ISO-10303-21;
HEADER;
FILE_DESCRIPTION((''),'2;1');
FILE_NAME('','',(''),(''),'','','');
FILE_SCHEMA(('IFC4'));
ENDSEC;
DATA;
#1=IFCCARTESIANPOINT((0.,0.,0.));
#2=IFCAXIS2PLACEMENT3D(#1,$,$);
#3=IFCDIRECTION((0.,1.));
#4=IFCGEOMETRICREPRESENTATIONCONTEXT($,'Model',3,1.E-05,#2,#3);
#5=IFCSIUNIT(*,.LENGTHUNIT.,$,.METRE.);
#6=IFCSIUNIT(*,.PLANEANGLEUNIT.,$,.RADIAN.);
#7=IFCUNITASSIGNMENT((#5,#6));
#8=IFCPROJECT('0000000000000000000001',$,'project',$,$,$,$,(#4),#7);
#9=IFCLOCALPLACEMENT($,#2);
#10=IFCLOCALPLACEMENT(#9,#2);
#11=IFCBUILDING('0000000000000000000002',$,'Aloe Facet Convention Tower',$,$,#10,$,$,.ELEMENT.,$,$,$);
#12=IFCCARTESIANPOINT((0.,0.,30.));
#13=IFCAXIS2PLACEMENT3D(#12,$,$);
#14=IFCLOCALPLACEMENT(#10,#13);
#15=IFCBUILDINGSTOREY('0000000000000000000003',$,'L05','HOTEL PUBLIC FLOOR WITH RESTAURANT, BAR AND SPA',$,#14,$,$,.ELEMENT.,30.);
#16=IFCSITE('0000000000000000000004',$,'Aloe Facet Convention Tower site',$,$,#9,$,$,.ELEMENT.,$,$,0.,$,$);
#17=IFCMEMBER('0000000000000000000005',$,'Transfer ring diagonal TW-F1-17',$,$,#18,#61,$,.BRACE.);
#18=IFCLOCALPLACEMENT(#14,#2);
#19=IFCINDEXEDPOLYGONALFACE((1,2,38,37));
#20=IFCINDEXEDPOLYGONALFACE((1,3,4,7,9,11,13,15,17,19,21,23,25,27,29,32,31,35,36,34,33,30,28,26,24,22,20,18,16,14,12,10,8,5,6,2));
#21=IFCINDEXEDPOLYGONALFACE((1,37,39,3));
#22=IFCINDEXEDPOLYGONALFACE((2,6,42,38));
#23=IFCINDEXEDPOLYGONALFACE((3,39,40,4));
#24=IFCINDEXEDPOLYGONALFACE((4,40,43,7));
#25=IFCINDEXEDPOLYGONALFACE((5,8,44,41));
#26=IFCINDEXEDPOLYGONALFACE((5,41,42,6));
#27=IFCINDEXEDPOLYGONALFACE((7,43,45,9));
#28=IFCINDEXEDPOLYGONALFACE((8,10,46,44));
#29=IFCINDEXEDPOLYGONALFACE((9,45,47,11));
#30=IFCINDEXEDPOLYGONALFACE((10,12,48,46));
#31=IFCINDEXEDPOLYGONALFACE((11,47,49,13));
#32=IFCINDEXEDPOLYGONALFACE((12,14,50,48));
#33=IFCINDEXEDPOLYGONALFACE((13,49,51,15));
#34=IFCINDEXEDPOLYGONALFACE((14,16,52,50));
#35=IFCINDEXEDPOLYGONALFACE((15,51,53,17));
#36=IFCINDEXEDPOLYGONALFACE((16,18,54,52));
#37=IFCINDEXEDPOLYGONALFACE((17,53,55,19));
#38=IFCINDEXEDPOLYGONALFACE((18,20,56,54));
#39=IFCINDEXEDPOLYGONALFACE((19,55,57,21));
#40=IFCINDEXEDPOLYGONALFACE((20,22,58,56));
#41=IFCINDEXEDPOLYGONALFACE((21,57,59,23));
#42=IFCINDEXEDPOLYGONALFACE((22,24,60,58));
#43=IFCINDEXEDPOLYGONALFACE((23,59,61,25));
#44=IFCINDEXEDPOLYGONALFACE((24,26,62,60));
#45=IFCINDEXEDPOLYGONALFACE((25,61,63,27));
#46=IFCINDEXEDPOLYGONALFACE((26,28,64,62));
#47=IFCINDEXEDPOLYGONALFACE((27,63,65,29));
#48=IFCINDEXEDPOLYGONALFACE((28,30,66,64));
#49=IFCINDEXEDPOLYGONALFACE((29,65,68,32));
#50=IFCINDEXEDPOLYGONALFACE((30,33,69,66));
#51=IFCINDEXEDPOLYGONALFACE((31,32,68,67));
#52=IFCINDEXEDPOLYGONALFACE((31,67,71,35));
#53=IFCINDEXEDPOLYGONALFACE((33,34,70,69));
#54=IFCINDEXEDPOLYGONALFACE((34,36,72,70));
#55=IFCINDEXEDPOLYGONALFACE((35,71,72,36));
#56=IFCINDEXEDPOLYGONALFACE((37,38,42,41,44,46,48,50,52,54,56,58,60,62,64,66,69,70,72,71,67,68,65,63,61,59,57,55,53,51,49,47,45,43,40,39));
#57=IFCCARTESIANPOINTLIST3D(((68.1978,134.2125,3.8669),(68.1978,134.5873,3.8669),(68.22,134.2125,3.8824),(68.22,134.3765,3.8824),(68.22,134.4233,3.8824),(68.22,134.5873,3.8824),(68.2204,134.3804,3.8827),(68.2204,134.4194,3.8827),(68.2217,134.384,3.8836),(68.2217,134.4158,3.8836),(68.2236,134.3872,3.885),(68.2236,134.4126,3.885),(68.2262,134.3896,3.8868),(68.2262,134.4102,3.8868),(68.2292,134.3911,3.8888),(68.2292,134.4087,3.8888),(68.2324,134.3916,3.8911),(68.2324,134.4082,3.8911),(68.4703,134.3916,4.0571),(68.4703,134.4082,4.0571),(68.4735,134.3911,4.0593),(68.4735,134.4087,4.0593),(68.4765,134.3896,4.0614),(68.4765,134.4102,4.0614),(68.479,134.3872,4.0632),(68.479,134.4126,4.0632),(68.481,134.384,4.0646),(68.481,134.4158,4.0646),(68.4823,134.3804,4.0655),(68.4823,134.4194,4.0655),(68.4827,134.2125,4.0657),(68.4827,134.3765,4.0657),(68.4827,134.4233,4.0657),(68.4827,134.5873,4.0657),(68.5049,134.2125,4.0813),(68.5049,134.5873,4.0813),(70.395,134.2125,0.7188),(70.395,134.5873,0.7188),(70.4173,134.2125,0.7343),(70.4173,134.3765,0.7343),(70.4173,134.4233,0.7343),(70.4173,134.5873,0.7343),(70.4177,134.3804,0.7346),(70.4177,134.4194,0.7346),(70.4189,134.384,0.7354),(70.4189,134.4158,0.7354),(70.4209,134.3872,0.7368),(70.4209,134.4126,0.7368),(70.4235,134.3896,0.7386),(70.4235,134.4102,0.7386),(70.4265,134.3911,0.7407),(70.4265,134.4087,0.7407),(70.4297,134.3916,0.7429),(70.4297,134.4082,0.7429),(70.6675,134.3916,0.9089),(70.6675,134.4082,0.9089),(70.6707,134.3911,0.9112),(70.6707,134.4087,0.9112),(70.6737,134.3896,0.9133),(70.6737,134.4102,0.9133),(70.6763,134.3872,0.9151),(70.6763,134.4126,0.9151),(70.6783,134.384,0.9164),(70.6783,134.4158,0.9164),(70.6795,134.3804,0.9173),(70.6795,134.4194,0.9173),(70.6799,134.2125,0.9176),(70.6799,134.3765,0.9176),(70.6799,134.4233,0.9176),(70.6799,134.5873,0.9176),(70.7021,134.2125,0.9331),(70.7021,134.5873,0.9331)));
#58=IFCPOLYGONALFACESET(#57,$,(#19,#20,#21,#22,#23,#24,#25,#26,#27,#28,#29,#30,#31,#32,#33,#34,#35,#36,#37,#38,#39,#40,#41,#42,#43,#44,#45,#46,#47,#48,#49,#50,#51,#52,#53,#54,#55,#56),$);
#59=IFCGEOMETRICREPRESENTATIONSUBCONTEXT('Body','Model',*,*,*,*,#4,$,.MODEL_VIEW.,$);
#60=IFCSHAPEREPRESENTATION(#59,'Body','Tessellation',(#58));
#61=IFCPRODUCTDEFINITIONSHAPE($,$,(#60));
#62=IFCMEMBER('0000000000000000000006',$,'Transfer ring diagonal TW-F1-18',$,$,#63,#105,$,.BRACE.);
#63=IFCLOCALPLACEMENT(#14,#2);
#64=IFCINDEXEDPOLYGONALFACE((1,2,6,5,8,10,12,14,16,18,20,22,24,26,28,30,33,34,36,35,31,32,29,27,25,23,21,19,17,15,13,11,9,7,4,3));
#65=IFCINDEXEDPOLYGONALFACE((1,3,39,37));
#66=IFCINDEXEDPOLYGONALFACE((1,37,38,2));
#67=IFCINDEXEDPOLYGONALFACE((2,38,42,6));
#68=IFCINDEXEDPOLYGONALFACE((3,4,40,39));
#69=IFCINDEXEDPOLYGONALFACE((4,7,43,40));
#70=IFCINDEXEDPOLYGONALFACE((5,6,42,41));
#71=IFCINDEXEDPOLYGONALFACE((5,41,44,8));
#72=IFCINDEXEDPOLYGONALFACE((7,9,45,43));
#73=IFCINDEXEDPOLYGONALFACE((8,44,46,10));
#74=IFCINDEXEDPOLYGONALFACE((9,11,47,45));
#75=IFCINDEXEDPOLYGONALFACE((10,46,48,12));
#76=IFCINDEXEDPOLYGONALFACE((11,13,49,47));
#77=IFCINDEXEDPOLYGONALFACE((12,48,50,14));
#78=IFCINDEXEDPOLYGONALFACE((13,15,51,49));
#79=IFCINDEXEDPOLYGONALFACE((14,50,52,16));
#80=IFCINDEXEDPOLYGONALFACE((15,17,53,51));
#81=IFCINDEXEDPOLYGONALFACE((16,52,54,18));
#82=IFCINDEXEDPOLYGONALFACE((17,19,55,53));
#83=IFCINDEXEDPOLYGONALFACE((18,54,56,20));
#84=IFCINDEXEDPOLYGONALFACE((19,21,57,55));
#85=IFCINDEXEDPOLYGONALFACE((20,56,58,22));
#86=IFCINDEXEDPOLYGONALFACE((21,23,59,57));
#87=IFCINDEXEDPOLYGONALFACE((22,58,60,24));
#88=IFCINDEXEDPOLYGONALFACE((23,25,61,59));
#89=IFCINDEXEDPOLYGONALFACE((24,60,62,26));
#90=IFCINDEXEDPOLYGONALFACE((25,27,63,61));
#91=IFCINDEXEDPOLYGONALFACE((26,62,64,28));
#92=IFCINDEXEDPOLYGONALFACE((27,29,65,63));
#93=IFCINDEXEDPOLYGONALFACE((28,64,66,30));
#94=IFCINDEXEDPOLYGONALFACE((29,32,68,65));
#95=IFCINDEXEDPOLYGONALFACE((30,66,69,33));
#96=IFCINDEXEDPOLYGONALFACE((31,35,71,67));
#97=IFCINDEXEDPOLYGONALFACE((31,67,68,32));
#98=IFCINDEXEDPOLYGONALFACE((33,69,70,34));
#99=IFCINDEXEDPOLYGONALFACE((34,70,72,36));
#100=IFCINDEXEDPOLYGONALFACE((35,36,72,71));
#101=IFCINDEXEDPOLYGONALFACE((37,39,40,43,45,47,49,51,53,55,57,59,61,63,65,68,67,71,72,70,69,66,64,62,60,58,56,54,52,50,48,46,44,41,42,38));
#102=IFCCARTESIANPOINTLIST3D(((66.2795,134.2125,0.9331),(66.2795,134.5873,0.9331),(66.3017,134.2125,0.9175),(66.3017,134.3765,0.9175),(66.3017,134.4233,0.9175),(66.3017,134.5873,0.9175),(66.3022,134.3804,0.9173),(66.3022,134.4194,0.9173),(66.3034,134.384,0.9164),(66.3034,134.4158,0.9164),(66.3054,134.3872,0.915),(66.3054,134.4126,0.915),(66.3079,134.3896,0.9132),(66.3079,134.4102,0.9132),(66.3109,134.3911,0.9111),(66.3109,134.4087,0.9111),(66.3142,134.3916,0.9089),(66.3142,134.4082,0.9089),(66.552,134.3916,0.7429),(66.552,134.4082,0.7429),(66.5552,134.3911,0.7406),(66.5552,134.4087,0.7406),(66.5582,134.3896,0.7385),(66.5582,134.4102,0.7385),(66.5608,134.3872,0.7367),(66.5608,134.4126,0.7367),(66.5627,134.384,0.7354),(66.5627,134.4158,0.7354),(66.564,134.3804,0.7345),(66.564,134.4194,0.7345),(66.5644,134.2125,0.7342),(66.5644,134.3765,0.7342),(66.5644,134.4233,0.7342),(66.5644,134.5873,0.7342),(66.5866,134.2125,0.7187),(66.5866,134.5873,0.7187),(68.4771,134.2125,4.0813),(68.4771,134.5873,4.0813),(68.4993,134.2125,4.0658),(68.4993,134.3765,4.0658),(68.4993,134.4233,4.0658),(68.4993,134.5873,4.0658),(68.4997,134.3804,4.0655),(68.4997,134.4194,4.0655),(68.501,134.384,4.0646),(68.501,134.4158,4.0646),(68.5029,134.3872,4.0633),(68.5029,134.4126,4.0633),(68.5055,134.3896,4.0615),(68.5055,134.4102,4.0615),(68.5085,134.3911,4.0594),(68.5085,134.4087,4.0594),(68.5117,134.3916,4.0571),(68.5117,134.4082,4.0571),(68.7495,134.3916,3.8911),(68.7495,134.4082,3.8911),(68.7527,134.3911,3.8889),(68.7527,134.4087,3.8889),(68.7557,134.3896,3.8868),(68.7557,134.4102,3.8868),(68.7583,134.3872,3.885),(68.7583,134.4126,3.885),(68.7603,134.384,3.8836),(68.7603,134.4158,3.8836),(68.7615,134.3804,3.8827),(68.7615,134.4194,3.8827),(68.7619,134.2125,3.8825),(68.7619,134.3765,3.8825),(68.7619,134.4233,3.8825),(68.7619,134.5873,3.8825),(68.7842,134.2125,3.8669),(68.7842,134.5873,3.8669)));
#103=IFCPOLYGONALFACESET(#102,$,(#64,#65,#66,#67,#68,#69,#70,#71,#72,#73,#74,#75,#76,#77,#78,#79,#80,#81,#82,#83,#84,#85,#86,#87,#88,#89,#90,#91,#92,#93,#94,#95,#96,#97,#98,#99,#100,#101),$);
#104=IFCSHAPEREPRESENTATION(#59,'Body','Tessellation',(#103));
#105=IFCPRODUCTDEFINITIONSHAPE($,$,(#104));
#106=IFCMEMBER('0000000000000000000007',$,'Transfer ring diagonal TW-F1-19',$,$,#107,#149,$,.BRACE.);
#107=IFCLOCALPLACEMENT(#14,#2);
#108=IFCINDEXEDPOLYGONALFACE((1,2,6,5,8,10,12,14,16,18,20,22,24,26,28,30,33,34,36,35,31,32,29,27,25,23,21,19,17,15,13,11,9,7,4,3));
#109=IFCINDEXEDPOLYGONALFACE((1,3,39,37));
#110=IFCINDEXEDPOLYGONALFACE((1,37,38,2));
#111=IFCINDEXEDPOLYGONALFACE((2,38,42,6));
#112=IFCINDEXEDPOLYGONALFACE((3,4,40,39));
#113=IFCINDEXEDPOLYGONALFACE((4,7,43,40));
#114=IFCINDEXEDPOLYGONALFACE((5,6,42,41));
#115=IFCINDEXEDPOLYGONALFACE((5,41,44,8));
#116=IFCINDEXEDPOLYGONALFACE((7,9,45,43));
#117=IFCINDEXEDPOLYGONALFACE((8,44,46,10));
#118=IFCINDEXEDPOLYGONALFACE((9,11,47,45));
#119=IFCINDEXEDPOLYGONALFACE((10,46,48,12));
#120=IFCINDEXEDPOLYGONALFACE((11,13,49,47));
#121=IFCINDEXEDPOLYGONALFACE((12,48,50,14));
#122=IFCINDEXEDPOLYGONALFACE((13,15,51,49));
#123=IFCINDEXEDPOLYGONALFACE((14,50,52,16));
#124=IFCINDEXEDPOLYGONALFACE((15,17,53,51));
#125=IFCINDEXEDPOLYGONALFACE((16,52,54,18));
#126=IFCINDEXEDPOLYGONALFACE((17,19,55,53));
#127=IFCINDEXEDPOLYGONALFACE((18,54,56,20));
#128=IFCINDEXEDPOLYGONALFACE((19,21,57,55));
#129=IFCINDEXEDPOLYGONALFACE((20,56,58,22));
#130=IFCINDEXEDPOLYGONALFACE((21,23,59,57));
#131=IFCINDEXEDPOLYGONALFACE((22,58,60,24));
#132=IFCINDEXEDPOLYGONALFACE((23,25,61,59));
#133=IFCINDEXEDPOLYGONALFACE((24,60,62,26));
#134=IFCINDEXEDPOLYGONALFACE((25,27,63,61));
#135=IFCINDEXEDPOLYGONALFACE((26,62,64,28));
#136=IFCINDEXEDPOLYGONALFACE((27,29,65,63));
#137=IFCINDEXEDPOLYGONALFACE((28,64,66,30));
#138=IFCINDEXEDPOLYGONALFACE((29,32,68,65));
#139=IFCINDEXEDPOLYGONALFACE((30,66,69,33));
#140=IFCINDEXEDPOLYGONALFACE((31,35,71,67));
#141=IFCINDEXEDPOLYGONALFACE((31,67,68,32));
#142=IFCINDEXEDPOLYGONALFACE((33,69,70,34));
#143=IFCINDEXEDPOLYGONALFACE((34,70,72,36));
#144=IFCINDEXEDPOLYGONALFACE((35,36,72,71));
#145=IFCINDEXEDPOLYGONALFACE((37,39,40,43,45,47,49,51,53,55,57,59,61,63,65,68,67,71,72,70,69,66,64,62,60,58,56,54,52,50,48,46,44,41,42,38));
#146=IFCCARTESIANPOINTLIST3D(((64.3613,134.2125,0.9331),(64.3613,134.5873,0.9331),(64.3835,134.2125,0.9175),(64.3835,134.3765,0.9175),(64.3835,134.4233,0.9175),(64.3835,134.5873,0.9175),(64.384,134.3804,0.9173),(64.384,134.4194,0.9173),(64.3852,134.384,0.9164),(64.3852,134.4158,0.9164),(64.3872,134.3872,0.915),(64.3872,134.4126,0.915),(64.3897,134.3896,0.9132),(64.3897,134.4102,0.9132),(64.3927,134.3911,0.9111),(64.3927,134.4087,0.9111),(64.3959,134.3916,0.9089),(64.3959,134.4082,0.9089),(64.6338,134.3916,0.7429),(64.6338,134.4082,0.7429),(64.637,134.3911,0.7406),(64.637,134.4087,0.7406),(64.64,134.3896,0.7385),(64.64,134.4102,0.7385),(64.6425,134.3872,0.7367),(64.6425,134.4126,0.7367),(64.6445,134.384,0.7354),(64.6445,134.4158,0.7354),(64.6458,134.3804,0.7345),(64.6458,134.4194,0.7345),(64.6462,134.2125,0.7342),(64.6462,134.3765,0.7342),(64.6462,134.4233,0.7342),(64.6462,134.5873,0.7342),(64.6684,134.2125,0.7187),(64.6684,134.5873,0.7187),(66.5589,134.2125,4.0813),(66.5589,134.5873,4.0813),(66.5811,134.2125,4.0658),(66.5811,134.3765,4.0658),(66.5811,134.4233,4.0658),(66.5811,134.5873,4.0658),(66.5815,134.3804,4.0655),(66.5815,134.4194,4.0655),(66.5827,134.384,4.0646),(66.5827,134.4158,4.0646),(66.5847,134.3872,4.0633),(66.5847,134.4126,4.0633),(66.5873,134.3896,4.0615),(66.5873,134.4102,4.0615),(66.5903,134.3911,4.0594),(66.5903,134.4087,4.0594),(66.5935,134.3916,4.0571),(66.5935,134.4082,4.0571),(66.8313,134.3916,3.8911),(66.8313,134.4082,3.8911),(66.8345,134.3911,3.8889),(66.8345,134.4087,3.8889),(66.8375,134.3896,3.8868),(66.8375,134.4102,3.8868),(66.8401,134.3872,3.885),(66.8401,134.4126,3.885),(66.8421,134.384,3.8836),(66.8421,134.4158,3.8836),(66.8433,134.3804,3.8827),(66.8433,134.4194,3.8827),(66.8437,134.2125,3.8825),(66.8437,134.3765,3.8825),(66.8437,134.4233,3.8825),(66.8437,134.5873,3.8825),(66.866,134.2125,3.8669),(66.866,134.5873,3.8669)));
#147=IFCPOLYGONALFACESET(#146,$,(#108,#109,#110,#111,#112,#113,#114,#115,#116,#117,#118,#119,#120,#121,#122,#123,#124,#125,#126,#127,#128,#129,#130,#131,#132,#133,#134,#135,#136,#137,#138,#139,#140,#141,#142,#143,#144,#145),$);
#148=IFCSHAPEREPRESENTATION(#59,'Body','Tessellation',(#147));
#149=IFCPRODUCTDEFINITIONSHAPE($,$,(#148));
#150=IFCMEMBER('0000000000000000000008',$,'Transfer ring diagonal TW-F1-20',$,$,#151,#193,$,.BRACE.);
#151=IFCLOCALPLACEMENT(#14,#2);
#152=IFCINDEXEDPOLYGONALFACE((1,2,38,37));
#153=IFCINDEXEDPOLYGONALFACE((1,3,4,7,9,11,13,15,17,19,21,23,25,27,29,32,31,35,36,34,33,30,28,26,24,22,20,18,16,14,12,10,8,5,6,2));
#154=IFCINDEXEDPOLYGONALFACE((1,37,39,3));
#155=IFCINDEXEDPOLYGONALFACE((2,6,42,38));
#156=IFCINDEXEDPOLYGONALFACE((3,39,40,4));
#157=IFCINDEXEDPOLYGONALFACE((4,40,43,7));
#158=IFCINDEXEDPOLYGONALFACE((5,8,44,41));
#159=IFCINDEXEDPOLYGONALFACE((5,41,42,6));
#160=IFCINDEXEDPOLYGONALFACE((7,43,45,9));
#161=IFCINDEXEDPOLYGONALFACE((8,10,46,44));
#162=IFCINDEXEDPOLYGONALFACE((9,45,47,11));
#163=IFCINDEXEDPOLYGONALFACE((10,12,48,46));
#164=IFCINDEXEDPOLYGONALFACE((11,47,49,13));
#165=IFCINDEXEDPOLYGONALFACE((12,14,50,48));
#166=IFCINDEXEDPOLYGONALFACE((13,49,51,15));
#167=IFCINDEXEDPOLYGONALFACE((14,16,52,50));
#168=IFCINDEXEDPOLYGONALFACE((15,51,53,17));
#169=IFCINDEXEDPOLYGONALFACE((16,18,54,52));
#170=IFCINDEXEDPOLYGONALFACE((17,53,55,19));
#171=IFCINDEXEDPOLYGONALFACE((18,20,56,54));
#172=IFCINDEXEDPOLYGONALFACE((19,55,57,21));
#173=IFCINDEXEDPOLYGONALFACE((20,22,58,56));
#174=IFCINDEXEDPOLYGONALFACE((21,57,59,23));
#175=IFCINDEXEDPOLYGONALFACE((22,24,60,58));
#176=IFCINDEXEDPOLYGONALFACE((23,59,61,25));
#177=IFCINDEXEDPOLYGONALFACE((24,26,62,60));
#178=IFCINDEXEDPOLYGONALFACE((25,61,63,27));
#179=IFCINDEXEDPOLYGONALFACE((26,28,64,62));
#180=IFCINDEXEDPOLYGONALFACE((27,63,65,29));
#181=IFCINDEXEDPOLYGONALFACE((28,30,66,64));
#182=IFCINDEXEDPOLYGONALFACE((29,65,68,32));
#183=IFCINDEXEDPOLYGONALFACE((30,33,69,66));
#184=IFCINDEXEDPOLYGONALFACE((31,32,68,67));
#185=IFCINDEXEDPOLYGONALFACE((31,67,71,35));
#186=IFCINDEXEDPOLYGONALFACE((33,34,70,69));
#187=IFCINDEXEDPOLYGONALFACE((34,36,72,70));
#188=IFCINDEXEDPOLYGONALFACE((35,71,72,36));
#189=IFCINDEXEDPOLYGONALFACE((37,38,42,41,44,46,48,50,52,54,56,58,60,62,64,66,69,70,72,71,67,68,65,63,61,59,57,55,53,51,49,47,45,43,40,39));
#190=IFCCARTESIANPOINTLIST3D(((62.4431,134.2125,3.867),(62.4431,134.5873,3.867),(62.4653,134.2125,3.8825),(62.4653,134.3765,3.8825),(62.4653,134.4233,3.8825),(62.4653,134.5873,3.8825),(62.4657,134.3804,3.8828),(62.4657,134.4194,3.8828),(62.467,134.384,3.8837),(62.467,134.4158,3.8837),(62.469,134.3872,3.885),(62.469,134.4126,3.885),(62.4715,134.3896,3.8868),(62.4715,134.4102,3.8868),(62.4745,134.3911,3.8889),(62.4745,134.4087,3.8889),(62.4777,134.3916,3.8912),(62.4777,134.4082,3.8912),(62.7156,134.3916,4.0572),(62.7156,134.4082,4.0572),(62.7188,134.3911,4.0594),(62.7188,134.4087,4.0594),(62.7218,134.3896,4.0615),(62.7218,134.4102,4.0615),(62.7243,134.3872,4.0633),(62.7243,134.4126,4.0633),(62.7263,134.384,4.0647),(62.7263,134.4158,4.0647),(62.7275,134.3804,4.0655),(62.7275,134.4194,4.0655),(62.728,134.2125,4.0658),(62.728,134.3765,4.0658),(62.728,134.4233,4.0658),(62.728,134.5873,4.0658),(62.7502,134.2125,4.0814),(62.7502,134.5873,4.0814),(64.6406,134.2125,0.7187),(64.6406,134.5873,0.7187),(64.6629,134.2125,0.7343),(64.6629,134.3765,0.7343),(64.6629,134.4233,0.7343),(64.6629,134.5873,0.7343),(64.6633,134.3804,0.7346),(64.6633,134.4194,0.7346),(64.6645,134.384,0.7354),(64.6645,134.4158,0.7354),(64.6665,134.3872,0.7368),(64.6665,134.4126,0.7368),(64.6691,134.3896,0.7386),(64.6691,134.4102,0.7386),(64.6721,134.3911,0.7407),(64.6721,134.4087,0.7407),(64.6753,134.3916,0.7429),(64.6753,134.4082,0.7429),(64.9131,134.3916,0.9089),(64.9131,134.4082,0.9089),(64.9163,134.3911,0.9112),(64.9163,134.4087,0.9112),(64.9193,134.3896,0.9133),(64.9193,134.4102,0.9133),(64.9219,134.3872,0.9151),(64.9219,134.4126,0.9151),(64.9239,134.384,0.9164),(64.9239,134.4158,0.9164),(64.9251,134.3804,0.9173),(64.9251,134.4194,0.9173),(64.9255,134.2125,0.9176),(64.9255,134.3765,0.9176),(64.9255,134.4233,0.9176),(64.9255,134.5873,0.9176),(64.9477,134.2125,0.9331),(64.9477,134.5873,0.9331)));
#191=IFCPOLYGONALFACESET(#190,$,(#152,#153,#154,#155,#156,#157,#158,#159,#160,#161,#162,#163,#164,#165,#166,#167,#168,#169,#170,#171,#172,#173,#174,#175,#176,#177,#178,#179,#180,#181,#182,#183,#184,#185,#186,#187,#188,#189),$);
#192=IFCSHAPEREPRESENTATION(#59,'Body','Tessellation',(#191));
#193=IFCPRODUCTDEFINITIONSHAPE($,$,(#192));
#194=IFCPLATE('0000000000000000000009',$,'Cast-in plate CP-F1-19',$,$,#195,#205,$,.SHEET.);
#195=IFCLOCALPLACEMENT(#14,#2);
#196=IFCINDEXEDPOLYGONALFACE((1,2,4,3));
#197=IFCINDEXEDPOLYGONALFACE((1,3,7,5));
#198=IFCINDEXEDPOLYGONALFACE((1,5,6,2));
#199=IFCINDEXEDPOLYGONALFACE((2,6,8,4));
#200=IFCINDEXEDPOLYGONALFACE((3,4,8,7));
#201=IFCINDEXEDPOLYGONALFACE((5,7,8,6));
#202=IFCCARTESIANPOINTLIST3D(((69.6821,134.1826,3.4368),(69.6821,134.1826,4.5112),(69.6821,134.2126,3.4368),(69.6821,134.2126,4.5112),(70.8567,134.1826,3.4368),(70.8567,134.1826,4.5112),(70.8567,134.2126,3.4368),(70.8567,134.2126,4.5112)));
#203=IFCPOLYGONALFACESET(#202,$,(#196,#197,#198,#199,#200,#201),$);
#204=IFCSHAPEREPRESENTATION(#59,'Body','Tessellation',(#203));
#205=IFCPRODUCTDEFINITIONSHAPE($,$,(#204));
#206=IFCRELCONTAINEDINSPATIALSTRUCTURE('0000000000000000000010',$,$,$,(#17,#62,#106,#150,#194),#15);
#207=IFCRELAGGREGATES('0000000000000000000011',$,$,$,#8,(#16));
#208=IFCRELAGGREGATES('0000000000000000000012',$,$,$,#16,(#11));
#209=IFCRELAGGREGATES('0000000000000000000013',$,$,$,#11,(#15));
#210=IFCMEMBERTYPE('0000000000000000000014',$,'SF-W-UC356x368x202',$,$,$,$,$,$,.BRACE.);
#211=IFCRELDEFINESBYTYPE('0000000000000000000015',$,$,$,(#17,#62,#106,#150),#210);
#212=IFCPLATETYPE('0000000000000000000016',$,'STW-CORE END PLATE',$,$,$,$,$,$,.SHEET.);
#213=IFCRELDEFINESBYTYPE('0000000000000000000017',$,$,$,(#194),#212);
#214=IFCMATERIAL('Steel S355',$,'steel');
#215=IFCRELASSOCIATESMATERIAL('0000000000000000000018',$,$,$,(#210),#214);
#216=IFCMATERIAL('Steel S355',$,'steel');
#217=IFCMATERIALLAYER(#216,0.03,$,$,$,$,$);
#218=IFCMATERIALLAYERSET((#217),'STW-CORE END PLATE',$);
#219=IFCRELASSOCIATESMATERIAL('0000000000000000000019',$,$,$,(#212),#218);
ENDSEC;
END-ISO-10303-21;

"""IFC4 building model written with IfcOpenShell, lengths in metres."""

from ifc_helpers import new_model, si_unit, direction, frame, origin, origin_2d, place, context, subcontext, project, spatial, polyline, i_section, outline, extrude, material, layer, layer_set, material_profile, profile_set, type_object, element, save


model = new_model("IFC4")

# Units and contexts
model_context = context("Model", 3, precision=1e-05, world=origin(), true_north=direction((0.0, 1.0)))
body_context = subcontext(model_context, "Body", "Model", "MODEL_VIEW")
ifc_project = project(units=[si_unit("LENGTHUNIT", "METRE"), si_unit("PLANEANGLEUNIT", "RADIAN")], contexts=[model_context])

# Site, building, storey
site_placement = place(None, origin())
site = spatial("IfcSite", under=ifc_project, at=site_placement, Name="Aloe Facet Convention Tower site", CompositionType="ELEMENT", RefElevation=0.0)
building_placement = place(site_placement, origin())
building = spatial("IfcBuilding", under=site, at=building_placement, Name="Aloe Facet Convention Tower", CompositionType="ELEMENT")
storey_placement = place(building_placement, frame((0.0, 0.0, 30.0)))
storey = spatial("IfcBuildingStorey", under=building, at=storey_placement, Name="L05", Description="HOTEL PUBLIC FLOOR WITH RESTAURANT, BAR AND SPA", CompositionType="ELEMENT", Elevation=30.0)

# Members
ifc_material_1 = material(Name="Steel S355", Category="steel")
ifc_material_profile = material_profile(ifc_material_1, i_section(OverallWidth=0.3748, OverallDepth=0.3745, WebThickness=0.0166, FlangeThickness=0.0271, FilletRadius=0.0151, at=origin_2d()), Name="UC 356x368x202")
ifc_profile_set = profile_set([ifc_material_profile], Name="Steel S355")
member_type = type_object("IfcMemberType", Name="SF-W-UC356x368x202", PredefinedType="BRACE", material=ifc_profile_set)
member_placement = place(storey_placement, frame((70.5486, 134.3999, 0.8259), z_axis=(-0.572331, 0.0, 0.820023), x_axis=(0.0, -1.0, 0.0)))
element("IfcMember", 1, at=member_placement, inside=storey, type_object=member_type, Name="Transfer ring diagonal TW-F1-17", PredefinedType="BRACE", context=body_context, shape_type="SweptSolid", body=[
    extrude(i_section(OverallWidth=0.3748, OverallDepth=0.3745, WebThickness=0.0166, FlangeThickness=0.0271, FilletRadius=0.0151, at=origin_2d()), origin(), (0.0, 0.0, 1.0), 3.8391),
])
for number, where, z_axis, x_axis, name in (
    (2, (68.6306, 134.3999, 3.9741), (-0.572374, 0.0, -0.819993), (0.0, -1.0, 0.0), "Transfer ring diagonal TW-F1-18"),
    (3, (66.7124, 134.3999, 3.9741), (-0.572374, 0.0, -0.819993), (0.0, -1.0, 0.0), "Transfer ring diagonal TW-F1-19"),
    (4, (64.7942, 134.3999, 0.8259), (-0.572374, 0.0, 0.819993), (0.0, -1.0, 0.0), "Transfer ring diagonal TW-F1-20"),
):
    element("IfcMember", number, at=place(storey_placement, frame(where, z_axis=z_axis, x_axis=x_axis)), inside=storey, type_object=member_type, Name=name, PredefinedType="BRACE", context=body_context, shape_type="SweptSolid", body=[
        extrude(i_section(OverallWidth=0.3748, OverallDepth=0.3745, WebThickness=0.0166, FlangeThickness=0.0271, FilletRadius=0.0151, at=origin_2d()), origin(), (0.0, 0.0, 1.0), 3.8394),
    ])

# Plate
ifc_material_2 = material(Name="Steel S355", Category="steel")
ifc_layer_1 = layer(ifc_material_2, 0.03)
ifc_layer_set_1 = layer_set([ifc_layer_1], Name="STW-CORE END PLATE")
plate_type = type_object("IfcPlateType", Name="STW-CORE END PLATE", PredefinedType="SHEET", material=ifc_layer_set_1)
for number, where, z_axis, x_axis, name in (
    (5, (70.8567, 134.2126, 3.4368), (0.0, 1.0, 0.0), (-1.0, 0.0, 0.0), "Cast-in plate CP-F1-19"),
):
    element("IfcPlate", number, at=place(storey_placement, frame(where, z_axis=z_axis, x_axis=x_axis)), inside=storey, type_object=plate_type, Name=name, PredefinedType="SHEET", context=body_context, shape_type="SweptSolid", body=[
        extrude(outline(polyline([(0.0, 0.0), (1.1746, 0.0), (1.1746, 1.0745), (0.0, 1.0745), (0.0, 0.0)])), origin(), (0.0, 0.0, -1.0), 0.03),
    ])

save(model, "model.ifc")
